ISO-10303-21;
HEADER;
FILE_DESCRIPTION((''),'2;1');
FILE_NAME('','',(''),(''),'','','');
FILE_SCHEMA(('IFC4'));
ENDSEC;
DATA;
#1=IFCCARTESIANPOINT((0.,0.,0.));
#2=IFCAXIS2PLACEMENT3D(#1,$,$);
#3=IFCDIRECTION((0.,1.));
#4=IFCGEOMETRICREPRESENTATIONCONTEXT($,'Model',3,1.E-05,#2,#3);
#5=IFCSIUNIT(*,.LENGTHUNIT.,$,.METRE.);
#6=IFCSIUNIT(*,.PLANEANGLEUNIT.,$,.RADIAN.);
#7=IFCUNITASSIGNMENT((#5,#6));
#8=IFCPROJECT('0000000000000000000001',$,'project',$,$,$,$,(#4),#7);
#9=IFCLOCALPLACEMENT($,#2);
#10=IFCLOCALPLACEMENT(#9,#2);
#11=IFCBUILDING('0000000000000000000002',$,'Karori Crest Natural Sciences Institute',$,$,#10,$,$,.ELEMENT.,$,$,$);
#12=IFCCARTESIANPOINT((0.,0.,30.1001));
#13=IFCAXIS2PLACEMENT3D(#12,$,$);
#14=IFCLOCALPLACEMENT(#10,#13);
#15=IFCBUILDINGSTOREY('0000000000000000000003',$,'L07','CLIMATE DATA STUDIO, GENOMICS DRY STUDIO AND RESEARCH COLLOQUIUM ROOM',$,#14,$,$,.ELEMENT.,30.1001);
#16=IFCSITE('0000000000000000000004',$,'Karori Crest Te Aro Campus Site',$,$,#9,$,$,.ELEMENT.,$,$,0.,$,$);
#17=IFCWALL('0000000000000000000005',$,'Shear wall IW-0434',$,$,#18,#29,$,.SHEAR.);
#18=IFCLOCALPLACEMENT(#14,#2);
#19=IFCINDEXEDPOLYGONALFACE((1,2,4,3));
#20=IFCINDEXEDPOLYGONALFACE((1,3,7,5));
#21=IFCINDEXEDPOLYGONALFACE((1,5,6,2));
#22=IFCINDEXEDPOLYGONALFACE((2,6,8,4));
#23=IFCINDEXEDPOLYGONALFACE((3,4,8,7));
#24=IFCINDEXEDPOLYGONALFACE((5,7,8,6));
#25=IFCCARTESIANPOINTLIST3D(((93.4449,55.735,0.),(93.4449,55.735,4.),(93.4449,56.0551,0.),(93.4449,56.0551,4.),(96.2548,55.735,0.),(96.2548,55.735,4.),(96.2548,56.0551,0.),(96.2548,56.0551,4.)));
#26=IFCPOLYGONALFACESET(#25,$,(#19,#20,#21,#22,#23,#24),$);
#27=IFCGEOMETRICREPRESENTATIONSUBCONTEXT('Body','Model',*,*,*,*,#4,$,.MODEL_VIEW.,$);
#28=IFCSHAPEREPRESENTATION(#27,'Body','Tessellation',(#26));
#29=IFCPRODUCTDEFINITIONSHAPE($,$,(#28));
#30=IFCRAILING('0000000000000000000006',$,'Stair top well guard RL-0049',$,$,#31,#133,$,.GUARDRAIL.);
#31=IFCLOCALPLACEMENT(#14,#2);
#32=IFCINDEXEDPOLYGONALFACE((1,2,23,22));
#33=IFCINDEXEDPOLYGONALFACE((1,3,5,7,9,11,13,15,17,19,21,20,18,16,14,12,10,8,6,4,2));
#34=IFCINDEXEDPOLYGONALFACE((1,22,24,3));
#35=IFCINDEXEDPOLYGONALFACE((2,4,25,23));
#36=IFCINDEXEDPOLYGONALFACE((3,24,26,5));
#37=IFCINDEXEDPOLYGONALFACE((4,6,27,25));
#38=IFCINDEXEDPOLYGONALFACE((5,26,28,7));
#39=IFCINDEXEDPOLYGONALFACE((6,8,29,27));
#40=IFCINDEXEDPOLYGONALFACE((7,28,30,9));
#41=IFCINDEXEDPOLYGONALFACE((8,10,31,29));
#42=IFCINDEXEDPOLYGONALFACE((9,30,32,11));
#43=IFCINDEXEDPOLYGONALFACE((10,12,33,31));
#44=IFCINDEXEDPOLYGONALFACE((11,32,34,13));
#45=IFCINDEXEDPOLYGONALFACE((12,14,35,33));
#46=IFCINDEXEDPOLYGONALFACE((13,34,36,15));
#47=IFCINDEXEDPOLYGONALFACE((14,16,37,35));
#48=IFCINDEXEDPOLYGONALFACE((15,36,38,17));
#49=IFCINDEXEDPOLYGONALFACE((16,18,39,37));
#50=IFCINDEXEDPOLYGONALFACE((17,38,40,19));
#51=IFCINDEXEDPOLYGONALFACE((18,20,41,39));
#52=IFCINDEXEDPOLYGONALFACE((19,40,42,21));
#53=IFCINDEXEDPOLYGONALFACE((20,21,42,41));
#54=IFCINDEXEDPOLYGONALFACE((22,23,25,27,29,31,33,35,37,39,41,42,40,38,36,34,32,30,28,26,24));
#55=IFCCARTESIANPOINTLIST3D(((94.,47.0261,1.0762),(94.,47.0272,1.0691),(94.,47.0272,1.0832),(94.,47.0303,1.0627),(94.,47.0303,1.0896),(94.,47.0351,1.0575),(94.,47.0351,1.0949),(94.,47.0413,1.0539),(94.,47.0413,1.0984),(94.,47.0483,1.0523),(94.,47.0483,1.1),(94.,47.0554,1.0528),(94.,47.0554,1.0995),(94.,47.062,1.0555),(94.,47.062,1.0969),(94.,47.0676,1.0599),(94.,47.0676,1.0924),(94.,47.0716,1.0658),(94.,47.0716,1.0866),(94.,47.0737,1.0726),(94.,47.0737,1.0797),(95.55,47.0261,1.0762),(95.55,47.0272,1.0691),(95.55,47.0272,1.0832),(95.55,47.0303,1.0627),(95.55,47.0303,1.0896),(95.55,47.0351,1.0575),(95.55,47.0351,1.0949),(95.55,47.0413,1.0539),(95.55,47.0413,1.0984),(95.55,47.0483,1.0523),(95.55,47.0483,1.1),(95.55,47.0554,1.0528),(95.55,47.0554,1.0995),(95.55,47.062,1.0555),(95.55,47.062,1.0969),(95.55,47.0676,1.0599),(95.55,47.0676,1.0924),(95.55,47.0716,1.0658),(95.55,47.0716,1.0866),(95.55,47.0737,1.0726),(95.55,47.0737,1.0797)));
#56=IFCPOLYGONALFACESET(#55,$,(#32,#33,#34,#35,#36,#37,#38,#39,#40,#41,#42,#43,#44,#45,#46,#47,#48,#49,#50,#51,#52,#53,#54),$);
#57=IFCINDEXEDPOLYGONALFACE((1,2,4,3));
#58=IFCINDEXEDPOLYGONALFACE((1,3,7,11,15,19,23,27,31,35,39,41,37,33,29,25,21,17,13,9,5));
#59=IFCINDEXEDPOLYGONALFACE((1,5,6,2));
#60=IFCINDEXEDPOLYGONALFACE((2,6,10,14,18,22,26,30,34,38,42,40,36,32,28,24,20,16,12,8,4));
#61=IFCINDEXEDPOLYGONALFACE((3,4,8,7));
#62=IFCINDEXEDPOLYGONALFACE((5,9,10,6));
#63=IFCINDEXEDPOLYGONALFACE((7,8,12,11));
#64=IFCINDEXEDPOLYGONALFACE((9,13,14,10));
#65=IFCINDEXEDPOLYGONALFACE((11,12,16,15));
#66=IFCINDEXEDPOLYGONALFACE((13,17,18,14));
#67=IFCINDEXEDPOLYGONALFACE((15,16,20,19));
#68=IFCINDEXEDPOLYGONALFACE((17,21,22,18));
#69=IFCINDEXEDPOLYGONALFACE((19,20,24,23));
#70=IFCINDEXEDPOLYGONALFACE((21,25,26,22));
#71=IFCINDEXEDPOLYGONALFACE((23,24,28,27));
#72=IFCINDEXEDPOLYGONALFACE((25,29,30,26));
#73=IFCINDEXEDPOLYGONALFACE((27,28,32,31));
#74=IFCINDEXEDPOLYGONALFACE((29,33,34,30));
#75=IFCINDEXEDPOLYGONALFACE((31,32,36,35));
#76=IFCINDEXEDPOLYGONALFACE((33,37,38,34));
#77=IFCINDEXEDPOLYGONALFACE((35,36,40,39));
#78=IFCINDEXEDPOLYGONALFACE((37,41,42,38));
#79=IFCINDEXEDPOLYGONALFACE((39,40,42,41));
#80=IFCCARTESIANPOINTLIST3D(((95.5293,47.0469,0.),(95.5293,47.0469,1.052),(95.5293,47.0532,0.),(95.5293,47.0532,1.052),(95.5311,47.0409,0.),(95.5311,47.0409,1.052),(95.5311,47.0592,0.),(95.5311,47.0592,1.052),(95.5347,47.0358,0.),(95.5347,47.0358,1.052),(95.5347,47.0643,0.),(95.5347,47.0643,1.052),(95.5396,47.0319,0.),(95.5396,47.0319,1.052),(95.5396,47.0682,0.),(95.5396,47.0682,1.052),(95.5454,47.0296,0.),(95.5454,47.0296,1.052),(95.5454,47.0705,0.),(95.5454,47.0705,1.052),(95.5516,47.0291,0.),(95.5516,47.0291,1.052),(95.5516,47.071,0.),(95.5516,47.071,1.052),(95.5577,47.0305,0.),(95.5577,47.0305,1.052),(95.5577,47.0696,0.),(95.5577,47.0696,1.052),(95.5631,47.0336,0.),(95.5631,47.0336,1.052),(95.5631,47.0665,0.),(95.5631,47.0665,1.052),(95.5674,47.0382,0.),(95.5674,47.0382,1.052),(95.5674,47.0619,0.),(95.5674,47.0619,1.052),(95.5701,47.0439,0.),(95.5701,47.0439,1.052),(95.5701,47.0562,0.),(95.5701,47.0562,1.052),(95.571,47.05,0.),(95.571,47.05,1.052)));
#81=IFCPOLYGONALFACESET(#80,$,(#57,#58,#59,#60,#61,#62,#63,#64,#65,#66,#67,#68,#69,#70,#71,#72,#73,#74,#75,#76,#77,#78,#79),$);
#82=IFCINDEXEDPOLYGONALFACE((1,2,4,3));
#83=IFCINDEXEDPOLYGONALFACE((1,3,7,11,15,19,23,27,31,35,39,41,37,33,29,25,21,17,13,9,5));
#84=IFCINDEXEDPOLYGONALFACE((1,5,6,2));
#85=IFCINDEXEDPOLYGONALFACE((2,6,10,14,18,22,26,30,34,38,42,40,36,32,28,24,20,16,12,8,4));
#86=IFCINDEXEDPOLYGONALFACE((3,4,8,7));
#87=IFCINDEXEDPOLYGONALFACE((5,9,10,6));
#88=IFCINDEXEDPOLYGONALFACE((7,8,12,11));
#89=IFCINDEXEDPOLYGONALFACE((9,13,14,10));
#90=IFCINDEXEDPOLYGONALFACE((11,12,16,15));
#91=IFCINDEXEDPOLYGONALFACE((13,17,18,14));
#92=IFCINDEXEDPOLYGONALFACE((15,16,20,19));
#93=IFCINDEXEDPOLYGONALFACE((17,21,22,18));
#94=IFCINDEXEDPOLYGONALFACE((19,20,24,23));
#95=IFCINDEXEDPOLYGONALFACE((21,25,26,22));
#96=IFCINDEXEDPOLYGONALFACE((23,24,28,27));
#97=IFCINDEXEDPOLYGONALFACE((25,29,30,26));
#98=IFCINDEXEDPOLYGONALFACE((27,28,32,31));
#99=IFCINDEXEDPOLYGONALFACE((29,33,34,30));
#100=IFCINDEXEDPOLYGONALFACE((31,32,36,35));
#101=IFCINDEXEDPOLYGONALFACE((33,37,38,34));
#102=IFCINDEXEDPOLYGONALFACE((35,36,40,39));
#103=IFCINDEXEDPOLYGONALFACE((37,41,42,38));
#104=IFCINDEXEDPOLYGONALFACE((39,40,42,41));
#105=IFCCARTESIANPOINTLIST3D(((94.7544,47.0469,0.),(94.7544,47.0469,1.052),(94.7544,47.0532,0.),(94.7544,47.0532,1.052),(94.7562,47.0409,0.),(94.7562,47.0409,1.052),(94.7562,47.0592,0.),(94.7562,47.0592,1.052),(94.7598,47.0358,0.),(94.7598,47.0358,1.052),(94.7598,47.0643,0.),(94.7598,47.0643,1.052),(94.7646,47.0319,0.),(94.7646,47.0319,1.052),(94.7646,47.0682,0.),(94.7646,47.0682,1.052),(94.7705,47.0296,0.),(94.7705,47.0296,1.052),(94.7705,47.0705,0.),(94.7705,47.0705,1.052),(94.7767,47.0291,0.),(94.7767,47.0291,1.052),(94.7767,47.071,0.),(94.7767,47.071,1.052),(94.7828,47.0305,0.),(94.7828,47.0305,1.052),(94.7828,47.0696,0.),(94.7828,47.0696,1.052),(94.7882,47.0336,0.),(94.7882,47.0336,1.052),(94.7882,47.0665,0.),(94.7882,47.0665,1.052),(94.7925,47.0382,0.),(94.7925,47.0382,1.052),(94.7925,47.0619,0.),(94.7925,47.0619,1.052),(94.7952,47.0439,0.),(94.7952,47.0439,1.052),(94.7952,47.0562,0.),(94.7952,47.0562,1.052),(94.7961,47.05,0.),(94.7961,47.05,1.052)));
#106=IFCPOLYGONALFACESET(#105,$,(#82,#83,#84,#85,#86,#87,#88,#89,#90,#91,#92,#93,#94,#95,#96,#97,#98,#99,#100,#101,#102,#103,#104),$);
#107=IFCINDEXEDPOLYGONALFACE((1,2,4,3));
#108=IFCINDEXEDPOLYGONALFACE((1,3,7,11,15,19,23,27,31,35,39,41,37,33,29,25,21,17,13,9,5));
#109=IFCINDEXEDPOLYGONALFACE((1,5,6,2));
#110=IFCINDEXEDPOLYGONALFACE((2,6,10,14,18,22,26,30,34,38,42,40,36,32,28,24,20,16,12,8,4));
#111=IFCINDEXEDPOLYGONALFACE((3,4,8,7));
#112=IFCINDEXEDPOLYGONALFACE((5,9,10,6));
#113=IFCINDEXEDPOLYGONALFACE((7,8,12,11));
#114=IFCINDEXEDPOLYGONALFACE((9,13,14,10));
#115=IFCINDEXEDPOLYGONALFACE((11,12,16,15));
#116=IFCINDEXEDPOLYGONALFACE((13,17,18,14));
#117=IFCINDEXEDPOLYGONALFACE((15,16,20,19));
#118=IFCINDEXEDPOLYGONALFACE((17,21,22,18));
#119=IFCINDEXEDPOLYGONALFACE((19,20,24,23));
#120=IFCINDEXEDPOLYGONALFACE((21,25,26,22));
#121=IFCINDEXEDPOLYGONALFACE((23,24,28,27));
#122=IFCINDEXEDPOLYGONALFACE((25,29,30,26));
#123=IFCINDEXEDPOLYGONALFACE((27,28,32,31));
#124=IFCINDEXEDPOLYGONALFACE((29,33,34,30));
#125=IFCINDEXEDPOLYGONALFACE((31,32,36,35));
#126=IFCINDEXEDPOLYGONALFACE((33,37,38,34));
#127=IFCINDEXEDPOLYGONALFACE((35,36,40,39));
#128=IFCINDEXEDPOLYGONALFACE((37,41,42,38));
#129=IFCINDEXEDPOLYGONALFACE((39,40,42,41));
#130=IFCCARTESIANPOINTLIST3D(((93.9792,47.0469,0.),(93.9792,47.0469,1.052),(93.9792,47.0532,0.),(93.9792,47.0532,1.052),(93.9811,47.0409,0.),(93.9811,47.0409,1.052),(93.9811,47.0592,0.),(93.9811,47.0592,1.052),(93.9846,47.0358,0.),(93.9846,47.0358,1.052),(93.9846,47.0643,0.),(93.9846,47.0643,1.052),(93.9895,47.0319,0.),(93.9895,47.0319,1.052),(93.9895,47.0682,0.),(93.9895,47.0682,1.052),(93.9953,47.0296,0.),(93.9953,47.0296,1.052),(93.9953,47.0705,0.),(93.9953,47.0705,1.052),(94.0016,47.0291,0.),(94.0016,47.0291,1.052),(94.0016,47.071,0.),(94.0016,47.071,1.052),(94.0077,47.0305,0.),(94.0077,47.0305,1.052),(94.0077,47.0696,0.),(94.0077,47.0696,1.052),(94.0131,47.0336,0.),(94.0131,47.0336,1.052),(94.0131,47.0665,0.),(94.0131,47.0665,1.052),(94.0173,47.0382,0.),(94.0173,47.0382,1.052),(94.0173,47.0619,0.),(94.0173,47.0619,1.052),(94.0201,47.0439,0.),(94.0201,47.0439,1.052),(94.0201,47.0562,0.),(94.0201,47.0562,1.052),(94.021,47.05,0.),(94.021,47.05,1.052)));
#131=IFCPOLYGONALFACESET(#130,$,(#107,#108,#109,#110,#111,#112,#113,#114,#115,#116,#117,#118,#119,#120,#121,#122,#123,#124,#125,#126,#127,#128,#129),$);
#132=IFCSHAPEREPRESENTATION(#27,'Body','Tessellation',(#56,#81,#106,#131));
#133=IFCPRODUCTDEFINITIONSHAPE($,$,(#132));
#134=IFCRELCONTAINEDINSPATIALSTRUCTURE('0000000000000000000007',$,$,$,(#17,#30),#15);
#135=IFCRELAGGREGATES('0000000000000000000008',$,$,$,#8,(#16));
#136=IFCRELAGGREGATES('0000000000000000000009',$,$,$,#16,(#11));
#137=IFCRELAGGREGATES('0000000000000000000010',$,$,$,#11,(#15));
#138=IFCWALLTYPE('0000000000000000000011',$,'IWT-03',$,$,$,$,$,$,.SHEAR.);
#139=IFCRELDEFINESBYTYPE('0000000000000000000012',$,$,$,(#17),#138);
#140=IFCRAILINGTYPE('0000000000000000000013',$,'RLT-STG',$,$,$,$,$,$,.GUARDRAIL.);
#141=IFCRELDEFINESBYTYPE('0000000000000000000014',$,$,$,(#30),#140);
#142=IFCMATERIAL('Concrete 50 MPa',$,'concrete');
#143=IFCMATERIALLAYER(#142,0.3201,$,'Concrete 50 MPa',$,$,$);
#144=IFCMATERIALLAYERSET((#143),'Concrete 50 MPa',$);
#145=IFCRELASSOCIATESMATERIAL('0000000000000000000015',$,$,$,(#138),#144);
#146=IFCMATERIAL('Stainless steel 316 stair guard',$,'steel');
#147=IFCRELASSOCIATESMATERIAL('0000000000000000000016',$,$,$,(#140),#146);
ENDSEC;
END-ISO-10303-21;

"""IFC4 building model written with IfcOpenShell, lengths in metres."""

from ifc_helpers import new_model, si_unit, direction, frame, frame_2d, origin, origin_2d, place, context, subcontext, project, spatial, rectangle, circle, extrude, material, layer, layer_set, type_object, element, save


model = new_model("IFC4")

# Units and contexts
model_context = context("Model", 3, precision=1e-05, world=origin(), true_north=direction((0.0, 1.0)))
body_context = subcontext(model_context, "Body", "Model", "MODEL_VIEW")
ifc_project = project(units=[si_unit("LENGTHUNIT", "METRE"), si_unit("PLANEANGLEUNIT", "RADIAN")], contexts=[model_context])

# Site, building, storey
site_placement = place(None, origin())
site = spatial("IfcSite", under=ifc_project, at=site_placement, Name="Karori Crest Te Aro Campus Site", CompositionType="ELEMENT", RefElevation=0.0)
building_placement = place(site_placement, origin())
building = spatial("IfcBuilding", under=site, at=building_placement, Name="Karori Crest Natural Sciences Institute", CompositionType="ELEMENT")
storey_placement = place(building_placement, frame((0.0, 0.0, 30.1001)))
storey = spatial("IfcBuildingStorey", under=building, at=storey_placement, Name="L07", Description="CLIMATE DATA STUDIO, GENOMICS DRY STUDIO AND RESEARCH COLLOQUIUM ROOM", CompositionType="ELEMENT", Elevation=30.1001)

# Shared definitions
ifc_material_1 = material(Name="Concrete 50 MPa", Category="concrete")

# Wall
ifc_layer_1 = layer(ifc_material_1, 0.3201, Name="Concrete 50 MPa")
ifc_layer_set_1 = layer_set([ifc_layer_1], Name="Concrete 50 MPa")
wall_type_1 = type_object("IfcWallType", Name="IWT-03", PredefinedType="SHEAR", material=ifc_layer_set_1)
for number, where, z_axis, x_axis, name in (
    (1, (93.4451, 55.895, 0.0), (0.0, 0.0, 1.0), (1.0, 0.0, 0.0), "Shear wall IW-0434"),
):
    element("IfcWall", number, at=place(storey_placement, frame(where, z_axis=z_axis, x_axis=x_axis)), inside=storey, type_object=wall_type_1, Name=name, PredefinedType="SHEAR", context=body_context, shape_type="SweptSolid", body=[
        extrude(rectangle(XDim=2.8098, YDim=0.3201, at=frame_2d((1.4048, 0.0))), origin(), (0.0, 0.0, 1.0), 4.0),
    ])

# Railing
ifc_material_2 = material(Name="Stainless steel 316 stair guard", Category="steel")
railing_type = type_object("IfcRailingType", Name="RLT-STG", PredefinedType="GUARDRAIL", material=ifc_material_2)
railing_placement = place(storey_placement, frame((95.55, 47.05, 0.0)))
element("IfcRailing", 2, at=railing_placement, inside=storey, type_object=railing_type, Name="Stair top well guard RL-0049", PredefinedType="GUARDRAIL", context=body_context, shape_type="SweptSolid", body=[
    extrude(circle(Radius=0.0239, at=origin_2d()), frame((0.0, 0.0, 1.0762), z_axis=(-1.0, 0.0, 0.0), x_axis=(0.0, -1.0, 0.0)), (0.0, 0.0, 1.0), 1.55),
    extrude(circle(Radius=0.021, at=origin_2d()), origin(), (0.0, 0.0, 1.0), 1.052),
    extrude(circle(Radius=0.021, at=origin_2d()), frame((-0.7749, 0.0, 0.0)), (0.0, 0.0, 1.0), 1.052),
    extrude(circle(Radius=0.021, at=origin_2d()), frame((-1.55, 0.0, 0.0)), (0.0, 0.0, 1.0), 1.052),
])

save(model, "model.ifc")
